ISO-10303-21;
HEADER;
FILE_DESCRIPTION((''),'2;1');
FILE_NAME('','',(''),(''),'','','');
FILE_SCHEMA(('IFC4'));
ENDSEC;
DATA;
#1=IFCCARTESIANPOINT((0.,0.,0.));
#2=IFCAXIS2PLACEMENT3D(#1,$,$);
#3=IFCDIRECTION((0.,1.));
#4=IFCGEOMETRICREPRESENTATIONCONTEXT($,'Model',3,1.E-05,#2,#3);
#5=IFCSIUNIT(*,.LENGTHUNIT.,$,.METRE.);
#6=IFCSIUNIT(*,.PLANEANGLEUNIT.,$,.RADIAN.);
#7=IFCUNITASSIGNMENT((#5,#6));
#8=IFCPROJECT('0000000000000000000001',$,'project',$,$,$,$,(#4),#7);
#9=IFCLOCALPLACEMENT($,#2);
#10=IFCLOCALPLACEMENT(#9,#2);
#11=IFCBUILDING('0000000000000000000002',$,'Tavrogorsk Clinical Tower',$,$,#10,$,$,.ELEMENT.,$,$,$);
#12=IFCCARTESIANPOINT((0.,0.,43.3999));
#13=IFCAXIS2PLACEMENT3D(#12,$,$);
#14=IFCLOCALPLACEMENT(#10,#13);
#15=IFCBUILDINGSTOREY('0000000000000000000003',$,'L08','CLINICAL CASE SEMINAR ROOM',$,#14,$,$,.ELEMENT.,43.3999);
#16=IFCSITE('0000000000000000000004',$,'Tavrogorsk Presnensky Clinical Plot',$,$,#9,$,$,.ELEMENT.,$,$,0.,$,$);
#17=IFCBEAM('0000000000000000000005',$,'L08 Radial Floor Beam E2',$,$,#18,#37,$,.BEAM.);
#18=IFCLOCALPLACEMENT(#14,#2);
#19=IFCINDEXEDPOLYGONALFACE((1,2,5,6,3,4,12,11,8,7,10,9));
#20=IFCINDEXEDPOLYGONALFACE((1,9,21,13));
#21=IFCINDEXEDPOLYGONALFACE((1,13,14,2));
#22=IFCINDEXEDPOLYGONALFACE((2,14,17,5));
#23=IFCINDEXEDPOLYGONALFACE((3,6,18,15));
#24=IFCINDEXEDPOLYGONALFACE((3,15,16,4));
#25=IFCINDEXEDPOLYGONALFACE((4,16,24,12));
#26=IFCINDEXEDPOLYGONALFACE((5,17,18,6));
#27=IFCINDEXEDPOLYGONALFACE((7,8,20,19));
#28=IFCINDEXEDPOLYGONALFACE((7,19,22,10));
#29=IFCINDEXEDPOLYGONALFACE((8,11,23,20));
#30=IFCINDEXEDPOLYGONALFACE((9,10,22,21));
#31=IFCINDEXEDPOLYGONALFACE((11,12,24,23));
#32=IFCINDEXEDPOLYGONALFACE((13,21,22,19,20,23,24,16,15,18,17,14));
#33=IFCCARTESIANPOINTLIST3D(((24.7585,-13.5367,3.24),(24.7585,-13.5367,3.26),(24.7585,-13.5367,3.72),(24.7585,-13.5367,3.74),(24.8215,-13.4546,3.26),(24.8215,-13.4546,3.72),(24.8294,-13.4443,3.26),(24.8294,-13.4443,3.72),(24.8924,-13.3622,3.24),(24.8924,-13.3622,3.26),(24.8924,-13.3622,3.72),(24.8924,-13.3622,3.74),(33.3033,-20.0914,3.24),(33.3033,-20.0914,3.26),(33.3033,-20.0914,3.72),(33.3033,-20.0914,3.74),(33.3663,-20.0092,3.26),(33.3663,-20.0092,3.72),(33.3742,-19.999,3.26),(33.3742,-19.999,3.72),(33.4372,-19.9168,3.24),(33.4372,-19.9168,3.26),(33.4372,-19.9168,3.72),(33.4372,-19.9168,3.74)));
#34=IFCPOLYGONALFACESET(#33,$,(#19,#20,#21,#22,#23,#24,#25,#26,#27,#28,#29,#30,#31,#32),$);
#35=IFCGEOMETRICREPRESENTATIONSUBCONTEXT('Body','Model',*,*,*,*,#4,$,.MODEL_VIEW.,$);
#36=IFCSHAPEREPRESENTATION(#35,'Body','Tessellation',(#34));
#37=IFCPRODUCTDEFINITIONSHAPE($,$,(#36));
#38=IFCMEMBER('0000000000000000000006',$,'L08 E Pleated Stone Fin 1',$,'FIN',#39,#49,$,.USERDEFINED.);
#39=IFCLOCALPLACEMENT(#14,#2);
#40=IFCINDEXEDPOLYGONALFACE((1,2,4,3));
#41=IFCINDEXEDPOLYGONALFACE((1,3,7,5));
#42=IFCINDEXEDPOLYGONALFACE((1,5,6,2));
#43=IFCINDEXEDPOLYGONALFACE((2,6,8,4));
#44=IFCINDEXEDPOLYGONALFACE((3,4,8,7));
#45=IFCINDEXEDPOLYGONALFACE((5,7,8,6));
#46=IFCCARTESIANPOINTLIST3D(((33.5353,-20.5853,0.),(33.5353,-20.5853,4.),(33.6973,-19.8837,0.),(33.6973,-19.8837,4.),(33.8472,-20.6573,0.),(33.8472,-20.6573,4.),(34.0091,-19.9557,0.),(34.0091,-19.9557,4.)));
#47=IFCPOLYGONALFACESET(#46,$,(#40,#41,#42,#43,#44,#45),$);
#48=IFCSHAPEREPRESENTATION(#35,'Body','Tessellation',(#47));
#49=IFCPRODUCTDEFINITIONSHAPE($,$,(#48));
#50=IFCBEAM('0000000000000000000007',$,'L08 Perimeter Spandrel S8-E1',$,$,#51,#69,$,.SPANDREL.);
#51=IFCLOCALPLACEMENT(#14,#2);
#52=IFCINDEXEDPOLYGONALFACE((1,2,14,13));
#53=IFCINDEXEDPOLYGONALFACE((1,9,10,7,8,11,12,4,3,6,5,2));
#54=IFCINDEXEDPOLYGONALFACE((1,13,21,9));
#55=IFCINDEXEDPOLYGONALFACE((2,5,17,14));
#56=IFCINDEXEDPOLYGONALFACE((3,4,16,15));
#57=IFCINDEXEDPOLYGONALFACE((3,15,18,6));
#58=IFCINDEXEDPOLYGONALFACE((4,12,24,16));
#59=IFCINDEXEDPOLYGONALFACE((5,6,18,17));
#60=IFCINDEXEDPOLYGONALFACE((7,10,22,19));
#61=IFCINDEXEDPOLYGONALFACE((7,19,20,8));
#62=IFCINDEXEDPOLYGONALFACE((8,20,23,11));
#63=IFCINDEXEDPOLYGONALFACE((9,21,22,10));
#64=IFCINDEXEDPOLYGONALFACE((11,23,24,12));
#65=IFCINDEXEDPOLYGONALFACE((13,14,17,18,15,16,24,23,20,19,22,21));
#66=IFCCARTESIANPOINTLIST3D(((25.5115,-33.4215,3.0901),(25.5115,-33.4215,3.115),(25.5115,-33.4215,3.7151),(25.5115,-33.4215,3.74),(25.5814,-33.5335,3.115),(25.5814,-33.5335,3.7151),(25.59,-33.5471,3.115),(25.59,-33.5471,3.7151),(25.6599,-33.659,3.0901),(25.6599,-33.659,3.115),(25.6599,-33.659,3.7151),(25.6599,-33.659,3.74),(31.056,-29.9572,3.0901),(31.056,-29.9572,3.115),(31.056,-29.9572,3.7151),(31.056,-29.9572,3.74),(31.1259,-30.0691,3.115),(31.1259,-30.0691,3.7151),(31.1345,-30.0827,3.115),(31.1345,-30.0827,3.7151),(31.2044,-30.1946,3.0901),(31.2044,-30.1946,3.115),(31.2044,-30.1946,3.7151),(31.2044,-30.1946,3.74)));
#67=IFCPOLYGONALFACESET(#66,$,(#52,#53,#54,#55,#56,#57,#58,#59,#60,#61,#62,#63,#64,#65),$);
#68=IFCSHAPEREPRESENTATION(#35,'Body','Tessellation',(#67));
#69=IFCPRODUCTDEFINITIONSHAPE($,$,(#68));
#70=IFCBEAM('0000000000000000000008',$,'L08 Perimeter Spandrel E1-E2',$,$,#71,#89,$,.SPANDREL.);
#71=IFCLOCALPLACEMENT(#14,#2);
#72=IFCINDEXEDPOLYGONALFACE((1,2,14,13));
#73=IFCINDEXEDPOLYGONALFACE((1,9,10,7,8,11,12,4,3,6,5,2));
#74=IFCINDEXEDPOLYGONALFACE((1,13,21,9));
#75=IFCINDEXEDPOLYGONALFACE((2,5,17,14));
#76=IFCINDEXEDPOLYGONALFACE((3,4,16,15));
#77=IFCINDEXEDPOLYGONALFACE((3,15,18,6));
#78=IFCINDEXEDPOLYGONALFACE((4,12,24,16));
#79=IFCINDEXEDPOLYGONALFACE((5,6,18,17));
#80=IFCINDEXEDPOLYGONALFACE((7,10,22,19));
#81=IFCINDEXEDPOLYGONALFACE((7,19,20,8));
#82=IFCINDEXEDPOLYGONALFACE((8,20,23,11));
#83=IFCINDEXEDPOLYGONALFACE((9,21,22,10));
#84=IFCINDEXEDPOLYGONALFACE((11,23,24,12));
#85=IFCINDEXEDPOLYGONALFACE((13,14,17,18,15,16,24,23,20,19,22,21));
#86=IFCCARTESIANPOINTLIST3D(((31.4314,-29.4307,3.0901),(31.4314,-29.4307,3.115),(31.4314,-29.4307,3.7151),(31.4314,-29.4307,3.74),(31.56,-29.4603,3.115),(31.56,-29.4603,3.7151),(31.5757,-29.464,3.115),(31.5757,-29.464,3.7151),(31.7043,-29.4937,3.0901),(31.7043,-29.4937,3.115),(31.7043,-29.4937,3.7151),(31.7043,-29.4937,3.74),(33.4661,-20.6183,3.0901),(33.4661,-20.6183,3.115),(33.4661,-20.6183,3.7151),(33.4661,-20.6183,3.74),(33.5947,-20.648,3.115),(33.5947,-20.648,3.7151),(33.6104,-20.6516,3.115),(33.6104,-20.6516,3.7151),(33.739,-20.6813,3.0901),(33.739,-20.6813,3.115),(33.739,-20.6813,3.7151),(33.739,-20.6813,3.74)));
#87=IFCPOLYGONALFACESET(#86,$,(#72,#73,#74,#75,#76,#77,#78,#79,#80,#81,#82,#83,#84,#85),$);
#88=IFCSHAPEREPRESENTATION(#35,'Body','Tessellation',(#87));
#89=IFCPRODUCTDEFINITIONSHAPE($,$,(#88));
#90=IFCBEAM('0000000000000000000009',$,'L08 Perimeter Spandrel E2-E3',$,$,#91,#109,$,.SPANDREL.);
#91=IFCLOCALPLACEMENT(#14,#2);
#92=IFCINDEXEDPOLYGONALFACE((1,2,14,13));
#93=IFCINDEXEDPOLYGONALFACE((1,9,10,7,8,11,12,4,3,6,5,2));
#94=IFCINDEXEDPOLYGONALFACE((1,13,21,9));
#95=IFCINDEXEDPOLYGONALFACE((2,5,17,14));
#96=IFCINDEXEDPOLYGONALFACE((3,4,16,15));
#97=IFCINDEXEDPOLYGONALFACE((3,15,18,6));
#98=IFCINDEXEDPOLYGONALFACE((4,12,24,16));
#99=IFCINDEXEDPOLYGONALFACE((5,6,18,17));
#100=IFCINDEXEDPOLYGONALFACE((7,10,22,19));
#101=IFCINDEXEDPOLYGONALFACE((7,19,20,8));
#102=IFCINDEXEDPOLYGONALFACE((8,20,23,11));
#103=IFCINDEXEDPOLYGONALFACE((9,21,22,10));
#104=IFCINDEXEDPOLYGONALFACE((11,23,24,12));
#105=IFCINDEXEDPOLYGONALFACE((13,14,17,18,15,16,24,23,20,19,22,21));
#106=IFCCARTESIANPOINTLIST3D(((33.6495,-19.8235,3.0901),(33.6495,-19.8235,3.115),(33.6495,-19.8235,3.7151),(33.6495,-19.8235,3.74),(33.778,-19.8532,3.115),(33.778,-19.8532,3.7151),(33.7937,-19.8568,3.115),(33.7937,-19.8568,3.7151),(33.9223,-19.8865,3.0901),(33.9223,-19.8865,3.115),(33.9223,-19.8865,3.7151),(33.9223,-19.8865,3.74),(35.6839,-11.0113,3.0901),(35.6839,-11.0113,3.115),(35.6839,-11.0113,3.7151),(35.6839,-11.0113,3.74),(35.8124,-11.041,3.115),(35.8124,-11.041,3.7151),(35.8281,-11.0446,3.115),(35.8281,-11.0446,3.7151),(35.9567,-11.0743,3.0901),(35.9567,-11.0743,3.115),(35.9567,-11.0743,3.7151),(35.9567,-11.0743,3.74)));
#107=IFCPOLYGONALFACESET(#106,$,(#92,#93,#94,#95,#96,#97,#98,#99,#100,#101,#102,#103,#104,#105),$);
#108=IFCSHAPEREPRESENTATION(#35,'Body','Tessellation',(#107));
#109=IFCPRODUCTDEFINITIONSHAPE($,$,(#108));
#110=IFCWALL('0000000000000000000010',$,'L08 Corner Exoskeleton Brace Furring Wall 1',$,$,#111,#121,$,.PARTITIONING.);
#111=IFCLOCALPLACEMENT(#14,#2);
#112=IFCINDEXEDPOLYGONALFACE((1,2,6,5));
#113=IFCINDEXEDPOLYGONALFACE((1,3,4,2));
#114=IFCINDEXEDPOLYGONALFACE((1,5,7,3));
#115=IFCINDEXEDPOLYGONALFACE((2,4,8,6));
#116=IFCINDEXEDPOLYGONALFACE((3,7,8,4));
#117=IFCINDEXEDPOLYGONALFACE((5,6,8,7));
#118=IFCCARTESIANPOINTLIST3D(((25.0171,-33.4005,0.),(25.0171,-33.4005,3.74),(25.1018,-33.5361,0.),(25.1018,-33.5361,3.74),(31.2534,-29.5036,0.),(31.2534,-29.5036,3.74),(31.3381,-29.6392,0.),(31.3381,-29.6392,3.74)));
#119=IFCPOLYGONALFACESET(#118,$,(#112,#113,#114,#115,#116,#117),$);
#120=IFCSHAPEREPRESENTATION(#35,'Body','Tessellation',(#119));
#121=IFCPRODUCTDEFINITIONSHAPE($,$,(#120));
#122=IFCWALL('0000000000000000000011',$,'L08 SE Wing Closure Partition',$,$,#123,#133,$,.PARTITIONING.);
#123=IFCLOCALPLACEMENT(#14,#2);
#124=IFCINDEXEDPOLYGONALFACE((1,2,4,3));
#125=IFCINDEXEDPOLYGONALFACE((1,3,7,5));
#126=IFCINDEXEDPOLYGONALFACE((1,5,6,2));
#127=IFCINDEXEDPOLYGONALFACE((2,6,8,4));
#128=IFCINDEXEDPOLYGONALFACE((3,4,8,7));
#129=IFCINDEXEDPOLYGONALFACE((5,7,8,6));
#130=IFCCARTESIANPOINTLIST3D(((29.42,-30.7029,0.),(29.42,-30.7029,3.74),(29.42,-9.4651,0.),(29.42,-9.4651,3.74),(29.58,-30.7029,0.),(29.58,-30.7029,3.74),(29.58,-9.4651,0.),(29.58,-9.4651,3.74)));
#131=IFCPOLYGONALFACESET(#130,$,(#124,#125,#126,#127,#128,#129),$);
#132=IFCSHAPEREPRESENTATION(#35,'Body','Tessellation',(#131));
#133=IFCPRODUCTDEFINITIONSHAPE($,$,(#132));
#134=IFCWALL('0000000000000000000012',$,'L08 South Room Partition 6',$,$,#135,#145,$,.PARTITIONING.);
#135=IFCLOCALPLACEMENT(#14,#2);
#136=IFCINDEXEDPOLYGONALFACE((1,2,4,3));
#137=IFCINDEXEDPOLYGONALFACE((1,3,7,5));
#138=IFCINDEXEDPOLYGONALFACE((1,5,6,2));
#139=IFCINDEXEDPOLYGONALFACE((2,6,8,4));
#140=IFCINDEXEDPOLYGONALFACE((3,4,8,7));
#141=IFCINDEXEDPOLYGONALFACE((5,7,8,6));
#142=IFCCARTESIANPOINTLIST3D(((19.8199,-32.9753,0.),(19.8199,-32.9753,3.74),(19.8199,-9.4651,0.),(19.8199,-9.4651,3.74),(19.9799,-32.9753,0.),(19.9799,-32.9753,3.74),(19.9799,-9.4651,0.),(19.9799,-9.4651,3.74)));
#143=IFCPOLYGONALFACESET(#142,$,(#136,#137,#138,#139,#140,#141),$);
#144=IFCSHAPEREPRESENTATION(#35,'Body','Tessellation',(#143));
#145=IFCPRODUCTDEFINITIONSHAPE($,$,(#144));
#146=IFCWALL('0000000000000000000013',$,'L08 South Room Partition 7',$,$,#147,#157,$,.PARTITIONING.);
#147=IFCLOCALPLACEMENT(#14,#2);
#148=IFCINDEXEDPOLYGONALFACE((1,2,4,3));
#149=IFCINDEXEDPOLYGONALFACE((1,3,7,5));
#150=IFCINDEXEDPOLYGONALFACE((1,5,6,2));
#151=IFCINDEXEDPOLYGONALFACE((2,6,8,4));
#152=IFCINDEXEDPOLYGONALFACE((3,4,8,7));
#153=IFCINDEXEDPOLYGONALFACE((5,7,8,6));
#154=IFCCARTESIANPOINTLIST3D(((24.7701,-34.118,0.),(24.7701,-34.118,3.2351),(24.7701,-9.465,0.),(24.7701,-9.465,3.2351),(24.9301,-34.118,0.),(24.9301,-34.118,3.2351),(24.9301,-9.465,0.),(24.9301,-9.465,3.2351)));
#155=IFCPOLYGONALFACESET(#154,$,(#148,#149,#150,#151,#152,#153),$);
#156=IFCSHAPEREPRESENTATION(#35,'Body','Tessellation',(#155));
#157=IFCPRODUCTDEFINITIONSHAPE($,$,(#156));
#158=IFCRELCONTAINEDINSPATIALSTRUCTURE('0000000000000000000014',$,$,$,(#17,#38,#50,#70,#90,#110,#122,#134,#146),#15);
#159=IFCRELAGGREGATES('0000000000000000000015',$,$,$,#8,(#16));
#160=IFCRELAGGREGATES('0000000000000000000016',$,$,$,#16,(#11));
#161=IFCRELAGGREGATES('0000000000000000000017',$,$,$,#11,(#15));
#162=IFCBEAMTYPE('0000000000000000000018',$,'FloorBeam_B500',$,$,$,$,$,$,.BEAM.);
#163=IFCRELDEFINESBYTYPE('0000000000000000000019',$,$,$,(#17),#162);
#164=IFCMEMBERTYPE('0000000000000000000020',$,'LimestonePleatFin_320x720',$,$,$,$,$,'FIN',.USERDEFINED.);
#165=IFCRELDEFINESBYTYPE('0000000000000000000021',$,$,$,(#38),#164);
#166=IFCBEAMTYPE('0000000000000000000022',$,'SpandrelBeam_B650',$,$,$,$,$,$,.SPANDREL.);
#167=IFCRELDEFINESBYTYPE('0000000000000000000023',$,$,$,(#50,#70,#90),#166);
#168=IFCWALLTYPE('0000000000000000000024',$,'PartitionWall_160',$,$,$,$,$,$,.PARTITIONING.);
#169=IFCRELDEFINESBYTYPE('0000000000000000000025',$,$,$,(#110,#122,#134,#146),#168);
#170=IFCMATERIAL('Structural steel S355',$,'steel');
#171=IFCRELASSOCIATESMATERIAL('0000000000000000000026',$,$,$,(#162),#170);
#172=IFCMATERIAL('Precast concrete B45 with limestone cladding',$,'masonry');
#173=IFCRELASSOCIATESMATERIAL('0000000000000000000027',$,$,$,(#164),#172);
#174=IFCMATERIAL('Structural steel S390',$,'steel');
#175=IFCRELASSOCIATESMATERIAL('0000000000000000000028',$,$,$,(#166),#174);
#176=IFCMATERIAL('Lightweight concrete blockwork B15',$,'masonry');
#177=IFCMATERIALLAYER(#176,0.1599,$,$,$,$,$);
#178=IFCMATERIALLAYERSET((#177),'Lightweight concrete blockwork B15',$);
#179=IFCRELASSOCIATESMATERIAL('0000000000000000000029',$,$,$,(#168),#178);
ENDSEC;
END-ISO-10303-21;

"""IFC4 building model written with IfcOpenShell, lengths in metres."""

from ifc_helpers import new_model, si_unit, direction, frame, frame_2d, origin, origin_2d, place, context, subcontext, project, spatial, rectangle, i_section, extrude, material, layer, layer_set, material_profile, profile_set, type_object, element, save


model = new_model("IFC4")

# Units and contexts
model_context = context("Model", 3, precision=1e-05, world=origin(), true_north=direction((0.0, 1.0)))
body_context = subcontext(model_context, "Body", "Model", "MODEL_VIEW")
ifc_project = project(units=[si_unit("LENGTHUNIT", "METRE"), si_unit("PLANEANGLEUNIT", "RADIAN")], contexts=[model_context])

# Site, building, storey
site_placement = place(None, origin())
site = spatial("IfcSite", under=ifc_project, at=site_placement, Name="Tavrogorsk Presnensky Clinical Plot", CompositionType="ELEMENT", RefElevation=0.0)
building_placement = place(site_placement, origin())
building = spatial("IfcBuilding", under=site, at=building_placement, Name="Tavrogorsk Clinical Tower", CompositionType="ELEMENT")
storey_placement = place(building_placement, frame((0.0, 0.0, 43.3999)))
storey = spatial("IfcBuildingStorey", under=building, at=storey_placement, Name="L08", Description="CLINICAL CASE SEMINAR ROOM", CompositionType="ELEMENT", Elevation=43.3999)

# Beam
ifc_material_1 = material(Name="Structural steel S355", Category="steel")
ifc_material_profile_1 = material_profile(ifc_material_1, i_section(OverallWidth=0.22, OverallDepth=0.5, WebThickness=0.0129, FlangeThickness=0.02, at=origin_2d()), Name="B-500x220x13x20")
ifc_profile_set_1 = profile_set([ifc_material_profile_1], Name="Structural steel S355")
beam_type_1 = type_object("IfcBeamType", Name="FloorBeam_B500", PredefinedType="BEAM", material=ifc_profile_set_1)
beam_1_placement = place(storey_placement, frame((24.8254, -13.4495, 3.49), z_axis=(0.793446, -0.608641, 0.0), x_axis=(0.608641, 0.793446, 0.0)))
element("IfcBeam", 1, at=beam_1_placement, inside=storey, type_object=beam_type_1, Name="L08 Radial Floor Beam E2", PredefinedType="BEAM", context=body_context, shape_type="SweptSolid", body=[
    extrude(i_section(OverallWidth=0.22, OverallDepth=0.5, WebThickness=0.0129, FlangeThickness=0.02, at=origin_2d()), origin(), (0.0, 0.0, 1.0), 10.7693),
])

# Member
ifc_material_2 = material(Name="Precast concrete B45 with limestone cladding", Category="masonry")
ifc_material_profile_2 = material_profile(ifc_material_2, rectangle(XDim=0.3201, YDim=0.72, at=origin_2d()), Name="LIMESTONE-FIN-320x720")
ifc_profile_set_2 = profile_set([ifc_material_profile_2], Name="Precast concrete B45 with limestone cladding")
member_type_1 = type_object("IfcMemberType", Name="LimestonePleatFin_320x720", ElementType="FIN", PredefinedType="USERDEFINED", material=ifc_profile_set_2)
member_1_placement = place(storey_placement, frame((33.7722, -20.2705, 0.0), z_axis=(0.0, 0.0, 1.0), x_axis=(0.97437, -0.224951, 0.0)))
element("IfcMember", 2, at=member_1_placement, inside=storey, type_object=member_type_1, Name="L08 E Pleated Stone Fin 1", ObjectType="FIN", PredefinedType="USERDEFINED", context=body_context, shape_type="SweptSolid", body=[
    extrude(rectangle(XDim=0.3201, YDim=0.72, at=origin_2d()), origin(), (0.0, 0.0, 1.0), 4.0),
])

# Beams
ifc_material_3 = material(Name="Structural steel S390", Category="steel")
ifc_material_profile_3 = material_profile(ifc_material_3, i_section(OverallWidth=0.28, OverallDepth=0.6499, WebThickness=0.0161, FlangeThickness=0.0249, at=origin_2d()), Name="B-650x280x16x25")
ifc_profile_set_3 = profile_set([ifc_material_profile_3], Name="Structural steel S390")
beam_type_2 = type_object("IfcBeamType", Name="SpandrelBeam_B650", PredefinedType="SPANDREL", material=ifc_profile_set_3)
beam_2_placement = place(storey_placement, frame((25.5857, -33.5403, 3.415), z_axis=(0.848061, 0.529898, 0.0), x_axis=(-0.529898, 0.848061, 0.0)))
element("IfcBeam", 3, at=beam_2_placement, inside=storey, type_object=beam_type_2, Name="L08 Perimeter Spandrel S8-E1", PredefinedType="SPANDREL", context=body_context, shape_type="SweptSolid", body=[
    extrude(i_section(OverallWidth=0.28, OverallDepth=0.6499, WebThickness=0.0161, FlangeThickness=0.0249, at=origin_2d()), origin(), (0.0, 0.0, 1.0), 6.5378),
])
beam_3_placement = place(storey_placement, frame((31.5679, -29.4622, 3.415), z_axis=(0.224972, 0.974365, 0.0), x_axis=(-0.974365, 0.224972, 0.0)))
element("IfcBeam", 4, at=beam_3_placement, inside=storey, type_object=beam_type_2, Name="L08 Perimeter Spandrel E1-E2", PredefinedType="SPANDREL", context=body_context, shape_type="SweptSolid", body=[
    extrude(i_section(OverallWidth=0.28, OverallDepth=0.6499, WebThickness=0.0161, FlangeThickness=0.0249, at=origin_2d()), origin(), (0.0, 0.0, 1.0), 9.0442),
])
beam_4_placement = place(storey_placement, frame((33.7859, -19.855, 3.415), z_axis=(0.224946, 0.974371, 0.0), x_axis=(-0.974371, 0.224946, 0.0)))
element("IfcBeam", 5, at=beam_4_placement, inside=storey, type_object=beam_type_2, Name="L08 Perimeter Spandrel E2-E3", PredefinedType="SPANDREL", context=body_context, shape_type="SweptSolid", body=[
    extrude(i_section(OverallWidth=0.28, OverallDepth=0.6499, WebThickness=0.0161, FlangeThickness=0.0249, at=origin_2d()), origin(), (0.0, 0.0, 1.0), 9.0439),
])

# Walls
ifc_material_4 = material(Name="Lightweight concrete blockwork B15", Category="masonry")
ifc_layer_1 = layer(ifc_material_4, 0.1599)
ifc_layer_set_1 = layer_set([ifc_layer_1], Name="Lightweight concrete blockwork B15")
wall_type_1 = type_object("IfcWallType", Name="PartitionWall_160", PredefinedType="PARTITIONING", material=ifc_layer_set_1)
wall_1_placement = place(storey_placement, frame((25.0596, -33.4683, 0.0), z_axis=(0.0, 0.0, 1.0), x_axis=(0.848043, 0.529927, 0.0)))
element("IfcWall", 6, at=wall_1_placement, inside=storey, type_object=wall_type_1, Name="L08 Corner Exoskeleton Brace Furring Wall 1", PredefinedType="PARTITIONING", context=body_context, shape_type="SweptSolid", body=[
    extrude(rectangle(XDim=7.3538, YDim=0.1599, at=frame_2d((3.6768, 0.0))), origin(), (0.0, 0.0, 1.0), 3.74),
])
wall_2_placement = place(storey_placement, frame((29.5, -30.7029, 0.0), z_axis=(0.0, 0.0, 1.0), x_axis=(0.0, 1.0, 0.0)))
element("IfcWall", 7, at=wall_2_placement, inside=storey, type_object=wall_type_1, Name="L08 SE Wing Closure Partition", PredefinedType="PARTITIONING", context=body_context, shape_type="SweptSolid", body=[
    extrude(rectangle(XDim=21.2378, YDim=0.1599, at=frame_2d((10.6189, 0.0))), origin(), (0.0, 0.0, 1.0), 3.74),
])
wall_3_placement = place(storey_placement, frame((19.8999, -32.9753, 0.0), z_axis=(0.0, 0.0, 1.0), x_axis=(0.0, 1.0, 0.0)))
element("IfcWall", 8, at=wall_3_placement, inside=storey, type_object=wall_type_1, Name="L08 South Room Partition 6", PredefinedType="PARTITIONING", context=body_context, shape_type="SweptSolid", body=[
    extrude(rectangle(XDim=23.5103, YDim=0.1599, at=frame_2d((11.7551, 0.0))), origin(), (0.0, 0.0, 1.0), 3.74),
])
wall_4_placement = place(storey_placement, frame((24.8501, -34.1182, 0.0), z_axis=(0.0, 0.0, 1.0), x_axis=(0.0, 1.0, 0.0)))
element("IfcWall", 9, at=wall_4_placement, inside=storey, type_object=wall_type_1, Name="L08 South Room Partition 7", PredefinedType="PARTITIONING", context=body_context, shape_type="SweptSolid", body=[
    extrude(rectangle(XDim=24.6531, YDim=0.1599, at=frame_2d((12.3267, 0.0))), origin(), (0.0, 0.0, 1.0), 3.2351),
])

save(model, "model.ifc")
